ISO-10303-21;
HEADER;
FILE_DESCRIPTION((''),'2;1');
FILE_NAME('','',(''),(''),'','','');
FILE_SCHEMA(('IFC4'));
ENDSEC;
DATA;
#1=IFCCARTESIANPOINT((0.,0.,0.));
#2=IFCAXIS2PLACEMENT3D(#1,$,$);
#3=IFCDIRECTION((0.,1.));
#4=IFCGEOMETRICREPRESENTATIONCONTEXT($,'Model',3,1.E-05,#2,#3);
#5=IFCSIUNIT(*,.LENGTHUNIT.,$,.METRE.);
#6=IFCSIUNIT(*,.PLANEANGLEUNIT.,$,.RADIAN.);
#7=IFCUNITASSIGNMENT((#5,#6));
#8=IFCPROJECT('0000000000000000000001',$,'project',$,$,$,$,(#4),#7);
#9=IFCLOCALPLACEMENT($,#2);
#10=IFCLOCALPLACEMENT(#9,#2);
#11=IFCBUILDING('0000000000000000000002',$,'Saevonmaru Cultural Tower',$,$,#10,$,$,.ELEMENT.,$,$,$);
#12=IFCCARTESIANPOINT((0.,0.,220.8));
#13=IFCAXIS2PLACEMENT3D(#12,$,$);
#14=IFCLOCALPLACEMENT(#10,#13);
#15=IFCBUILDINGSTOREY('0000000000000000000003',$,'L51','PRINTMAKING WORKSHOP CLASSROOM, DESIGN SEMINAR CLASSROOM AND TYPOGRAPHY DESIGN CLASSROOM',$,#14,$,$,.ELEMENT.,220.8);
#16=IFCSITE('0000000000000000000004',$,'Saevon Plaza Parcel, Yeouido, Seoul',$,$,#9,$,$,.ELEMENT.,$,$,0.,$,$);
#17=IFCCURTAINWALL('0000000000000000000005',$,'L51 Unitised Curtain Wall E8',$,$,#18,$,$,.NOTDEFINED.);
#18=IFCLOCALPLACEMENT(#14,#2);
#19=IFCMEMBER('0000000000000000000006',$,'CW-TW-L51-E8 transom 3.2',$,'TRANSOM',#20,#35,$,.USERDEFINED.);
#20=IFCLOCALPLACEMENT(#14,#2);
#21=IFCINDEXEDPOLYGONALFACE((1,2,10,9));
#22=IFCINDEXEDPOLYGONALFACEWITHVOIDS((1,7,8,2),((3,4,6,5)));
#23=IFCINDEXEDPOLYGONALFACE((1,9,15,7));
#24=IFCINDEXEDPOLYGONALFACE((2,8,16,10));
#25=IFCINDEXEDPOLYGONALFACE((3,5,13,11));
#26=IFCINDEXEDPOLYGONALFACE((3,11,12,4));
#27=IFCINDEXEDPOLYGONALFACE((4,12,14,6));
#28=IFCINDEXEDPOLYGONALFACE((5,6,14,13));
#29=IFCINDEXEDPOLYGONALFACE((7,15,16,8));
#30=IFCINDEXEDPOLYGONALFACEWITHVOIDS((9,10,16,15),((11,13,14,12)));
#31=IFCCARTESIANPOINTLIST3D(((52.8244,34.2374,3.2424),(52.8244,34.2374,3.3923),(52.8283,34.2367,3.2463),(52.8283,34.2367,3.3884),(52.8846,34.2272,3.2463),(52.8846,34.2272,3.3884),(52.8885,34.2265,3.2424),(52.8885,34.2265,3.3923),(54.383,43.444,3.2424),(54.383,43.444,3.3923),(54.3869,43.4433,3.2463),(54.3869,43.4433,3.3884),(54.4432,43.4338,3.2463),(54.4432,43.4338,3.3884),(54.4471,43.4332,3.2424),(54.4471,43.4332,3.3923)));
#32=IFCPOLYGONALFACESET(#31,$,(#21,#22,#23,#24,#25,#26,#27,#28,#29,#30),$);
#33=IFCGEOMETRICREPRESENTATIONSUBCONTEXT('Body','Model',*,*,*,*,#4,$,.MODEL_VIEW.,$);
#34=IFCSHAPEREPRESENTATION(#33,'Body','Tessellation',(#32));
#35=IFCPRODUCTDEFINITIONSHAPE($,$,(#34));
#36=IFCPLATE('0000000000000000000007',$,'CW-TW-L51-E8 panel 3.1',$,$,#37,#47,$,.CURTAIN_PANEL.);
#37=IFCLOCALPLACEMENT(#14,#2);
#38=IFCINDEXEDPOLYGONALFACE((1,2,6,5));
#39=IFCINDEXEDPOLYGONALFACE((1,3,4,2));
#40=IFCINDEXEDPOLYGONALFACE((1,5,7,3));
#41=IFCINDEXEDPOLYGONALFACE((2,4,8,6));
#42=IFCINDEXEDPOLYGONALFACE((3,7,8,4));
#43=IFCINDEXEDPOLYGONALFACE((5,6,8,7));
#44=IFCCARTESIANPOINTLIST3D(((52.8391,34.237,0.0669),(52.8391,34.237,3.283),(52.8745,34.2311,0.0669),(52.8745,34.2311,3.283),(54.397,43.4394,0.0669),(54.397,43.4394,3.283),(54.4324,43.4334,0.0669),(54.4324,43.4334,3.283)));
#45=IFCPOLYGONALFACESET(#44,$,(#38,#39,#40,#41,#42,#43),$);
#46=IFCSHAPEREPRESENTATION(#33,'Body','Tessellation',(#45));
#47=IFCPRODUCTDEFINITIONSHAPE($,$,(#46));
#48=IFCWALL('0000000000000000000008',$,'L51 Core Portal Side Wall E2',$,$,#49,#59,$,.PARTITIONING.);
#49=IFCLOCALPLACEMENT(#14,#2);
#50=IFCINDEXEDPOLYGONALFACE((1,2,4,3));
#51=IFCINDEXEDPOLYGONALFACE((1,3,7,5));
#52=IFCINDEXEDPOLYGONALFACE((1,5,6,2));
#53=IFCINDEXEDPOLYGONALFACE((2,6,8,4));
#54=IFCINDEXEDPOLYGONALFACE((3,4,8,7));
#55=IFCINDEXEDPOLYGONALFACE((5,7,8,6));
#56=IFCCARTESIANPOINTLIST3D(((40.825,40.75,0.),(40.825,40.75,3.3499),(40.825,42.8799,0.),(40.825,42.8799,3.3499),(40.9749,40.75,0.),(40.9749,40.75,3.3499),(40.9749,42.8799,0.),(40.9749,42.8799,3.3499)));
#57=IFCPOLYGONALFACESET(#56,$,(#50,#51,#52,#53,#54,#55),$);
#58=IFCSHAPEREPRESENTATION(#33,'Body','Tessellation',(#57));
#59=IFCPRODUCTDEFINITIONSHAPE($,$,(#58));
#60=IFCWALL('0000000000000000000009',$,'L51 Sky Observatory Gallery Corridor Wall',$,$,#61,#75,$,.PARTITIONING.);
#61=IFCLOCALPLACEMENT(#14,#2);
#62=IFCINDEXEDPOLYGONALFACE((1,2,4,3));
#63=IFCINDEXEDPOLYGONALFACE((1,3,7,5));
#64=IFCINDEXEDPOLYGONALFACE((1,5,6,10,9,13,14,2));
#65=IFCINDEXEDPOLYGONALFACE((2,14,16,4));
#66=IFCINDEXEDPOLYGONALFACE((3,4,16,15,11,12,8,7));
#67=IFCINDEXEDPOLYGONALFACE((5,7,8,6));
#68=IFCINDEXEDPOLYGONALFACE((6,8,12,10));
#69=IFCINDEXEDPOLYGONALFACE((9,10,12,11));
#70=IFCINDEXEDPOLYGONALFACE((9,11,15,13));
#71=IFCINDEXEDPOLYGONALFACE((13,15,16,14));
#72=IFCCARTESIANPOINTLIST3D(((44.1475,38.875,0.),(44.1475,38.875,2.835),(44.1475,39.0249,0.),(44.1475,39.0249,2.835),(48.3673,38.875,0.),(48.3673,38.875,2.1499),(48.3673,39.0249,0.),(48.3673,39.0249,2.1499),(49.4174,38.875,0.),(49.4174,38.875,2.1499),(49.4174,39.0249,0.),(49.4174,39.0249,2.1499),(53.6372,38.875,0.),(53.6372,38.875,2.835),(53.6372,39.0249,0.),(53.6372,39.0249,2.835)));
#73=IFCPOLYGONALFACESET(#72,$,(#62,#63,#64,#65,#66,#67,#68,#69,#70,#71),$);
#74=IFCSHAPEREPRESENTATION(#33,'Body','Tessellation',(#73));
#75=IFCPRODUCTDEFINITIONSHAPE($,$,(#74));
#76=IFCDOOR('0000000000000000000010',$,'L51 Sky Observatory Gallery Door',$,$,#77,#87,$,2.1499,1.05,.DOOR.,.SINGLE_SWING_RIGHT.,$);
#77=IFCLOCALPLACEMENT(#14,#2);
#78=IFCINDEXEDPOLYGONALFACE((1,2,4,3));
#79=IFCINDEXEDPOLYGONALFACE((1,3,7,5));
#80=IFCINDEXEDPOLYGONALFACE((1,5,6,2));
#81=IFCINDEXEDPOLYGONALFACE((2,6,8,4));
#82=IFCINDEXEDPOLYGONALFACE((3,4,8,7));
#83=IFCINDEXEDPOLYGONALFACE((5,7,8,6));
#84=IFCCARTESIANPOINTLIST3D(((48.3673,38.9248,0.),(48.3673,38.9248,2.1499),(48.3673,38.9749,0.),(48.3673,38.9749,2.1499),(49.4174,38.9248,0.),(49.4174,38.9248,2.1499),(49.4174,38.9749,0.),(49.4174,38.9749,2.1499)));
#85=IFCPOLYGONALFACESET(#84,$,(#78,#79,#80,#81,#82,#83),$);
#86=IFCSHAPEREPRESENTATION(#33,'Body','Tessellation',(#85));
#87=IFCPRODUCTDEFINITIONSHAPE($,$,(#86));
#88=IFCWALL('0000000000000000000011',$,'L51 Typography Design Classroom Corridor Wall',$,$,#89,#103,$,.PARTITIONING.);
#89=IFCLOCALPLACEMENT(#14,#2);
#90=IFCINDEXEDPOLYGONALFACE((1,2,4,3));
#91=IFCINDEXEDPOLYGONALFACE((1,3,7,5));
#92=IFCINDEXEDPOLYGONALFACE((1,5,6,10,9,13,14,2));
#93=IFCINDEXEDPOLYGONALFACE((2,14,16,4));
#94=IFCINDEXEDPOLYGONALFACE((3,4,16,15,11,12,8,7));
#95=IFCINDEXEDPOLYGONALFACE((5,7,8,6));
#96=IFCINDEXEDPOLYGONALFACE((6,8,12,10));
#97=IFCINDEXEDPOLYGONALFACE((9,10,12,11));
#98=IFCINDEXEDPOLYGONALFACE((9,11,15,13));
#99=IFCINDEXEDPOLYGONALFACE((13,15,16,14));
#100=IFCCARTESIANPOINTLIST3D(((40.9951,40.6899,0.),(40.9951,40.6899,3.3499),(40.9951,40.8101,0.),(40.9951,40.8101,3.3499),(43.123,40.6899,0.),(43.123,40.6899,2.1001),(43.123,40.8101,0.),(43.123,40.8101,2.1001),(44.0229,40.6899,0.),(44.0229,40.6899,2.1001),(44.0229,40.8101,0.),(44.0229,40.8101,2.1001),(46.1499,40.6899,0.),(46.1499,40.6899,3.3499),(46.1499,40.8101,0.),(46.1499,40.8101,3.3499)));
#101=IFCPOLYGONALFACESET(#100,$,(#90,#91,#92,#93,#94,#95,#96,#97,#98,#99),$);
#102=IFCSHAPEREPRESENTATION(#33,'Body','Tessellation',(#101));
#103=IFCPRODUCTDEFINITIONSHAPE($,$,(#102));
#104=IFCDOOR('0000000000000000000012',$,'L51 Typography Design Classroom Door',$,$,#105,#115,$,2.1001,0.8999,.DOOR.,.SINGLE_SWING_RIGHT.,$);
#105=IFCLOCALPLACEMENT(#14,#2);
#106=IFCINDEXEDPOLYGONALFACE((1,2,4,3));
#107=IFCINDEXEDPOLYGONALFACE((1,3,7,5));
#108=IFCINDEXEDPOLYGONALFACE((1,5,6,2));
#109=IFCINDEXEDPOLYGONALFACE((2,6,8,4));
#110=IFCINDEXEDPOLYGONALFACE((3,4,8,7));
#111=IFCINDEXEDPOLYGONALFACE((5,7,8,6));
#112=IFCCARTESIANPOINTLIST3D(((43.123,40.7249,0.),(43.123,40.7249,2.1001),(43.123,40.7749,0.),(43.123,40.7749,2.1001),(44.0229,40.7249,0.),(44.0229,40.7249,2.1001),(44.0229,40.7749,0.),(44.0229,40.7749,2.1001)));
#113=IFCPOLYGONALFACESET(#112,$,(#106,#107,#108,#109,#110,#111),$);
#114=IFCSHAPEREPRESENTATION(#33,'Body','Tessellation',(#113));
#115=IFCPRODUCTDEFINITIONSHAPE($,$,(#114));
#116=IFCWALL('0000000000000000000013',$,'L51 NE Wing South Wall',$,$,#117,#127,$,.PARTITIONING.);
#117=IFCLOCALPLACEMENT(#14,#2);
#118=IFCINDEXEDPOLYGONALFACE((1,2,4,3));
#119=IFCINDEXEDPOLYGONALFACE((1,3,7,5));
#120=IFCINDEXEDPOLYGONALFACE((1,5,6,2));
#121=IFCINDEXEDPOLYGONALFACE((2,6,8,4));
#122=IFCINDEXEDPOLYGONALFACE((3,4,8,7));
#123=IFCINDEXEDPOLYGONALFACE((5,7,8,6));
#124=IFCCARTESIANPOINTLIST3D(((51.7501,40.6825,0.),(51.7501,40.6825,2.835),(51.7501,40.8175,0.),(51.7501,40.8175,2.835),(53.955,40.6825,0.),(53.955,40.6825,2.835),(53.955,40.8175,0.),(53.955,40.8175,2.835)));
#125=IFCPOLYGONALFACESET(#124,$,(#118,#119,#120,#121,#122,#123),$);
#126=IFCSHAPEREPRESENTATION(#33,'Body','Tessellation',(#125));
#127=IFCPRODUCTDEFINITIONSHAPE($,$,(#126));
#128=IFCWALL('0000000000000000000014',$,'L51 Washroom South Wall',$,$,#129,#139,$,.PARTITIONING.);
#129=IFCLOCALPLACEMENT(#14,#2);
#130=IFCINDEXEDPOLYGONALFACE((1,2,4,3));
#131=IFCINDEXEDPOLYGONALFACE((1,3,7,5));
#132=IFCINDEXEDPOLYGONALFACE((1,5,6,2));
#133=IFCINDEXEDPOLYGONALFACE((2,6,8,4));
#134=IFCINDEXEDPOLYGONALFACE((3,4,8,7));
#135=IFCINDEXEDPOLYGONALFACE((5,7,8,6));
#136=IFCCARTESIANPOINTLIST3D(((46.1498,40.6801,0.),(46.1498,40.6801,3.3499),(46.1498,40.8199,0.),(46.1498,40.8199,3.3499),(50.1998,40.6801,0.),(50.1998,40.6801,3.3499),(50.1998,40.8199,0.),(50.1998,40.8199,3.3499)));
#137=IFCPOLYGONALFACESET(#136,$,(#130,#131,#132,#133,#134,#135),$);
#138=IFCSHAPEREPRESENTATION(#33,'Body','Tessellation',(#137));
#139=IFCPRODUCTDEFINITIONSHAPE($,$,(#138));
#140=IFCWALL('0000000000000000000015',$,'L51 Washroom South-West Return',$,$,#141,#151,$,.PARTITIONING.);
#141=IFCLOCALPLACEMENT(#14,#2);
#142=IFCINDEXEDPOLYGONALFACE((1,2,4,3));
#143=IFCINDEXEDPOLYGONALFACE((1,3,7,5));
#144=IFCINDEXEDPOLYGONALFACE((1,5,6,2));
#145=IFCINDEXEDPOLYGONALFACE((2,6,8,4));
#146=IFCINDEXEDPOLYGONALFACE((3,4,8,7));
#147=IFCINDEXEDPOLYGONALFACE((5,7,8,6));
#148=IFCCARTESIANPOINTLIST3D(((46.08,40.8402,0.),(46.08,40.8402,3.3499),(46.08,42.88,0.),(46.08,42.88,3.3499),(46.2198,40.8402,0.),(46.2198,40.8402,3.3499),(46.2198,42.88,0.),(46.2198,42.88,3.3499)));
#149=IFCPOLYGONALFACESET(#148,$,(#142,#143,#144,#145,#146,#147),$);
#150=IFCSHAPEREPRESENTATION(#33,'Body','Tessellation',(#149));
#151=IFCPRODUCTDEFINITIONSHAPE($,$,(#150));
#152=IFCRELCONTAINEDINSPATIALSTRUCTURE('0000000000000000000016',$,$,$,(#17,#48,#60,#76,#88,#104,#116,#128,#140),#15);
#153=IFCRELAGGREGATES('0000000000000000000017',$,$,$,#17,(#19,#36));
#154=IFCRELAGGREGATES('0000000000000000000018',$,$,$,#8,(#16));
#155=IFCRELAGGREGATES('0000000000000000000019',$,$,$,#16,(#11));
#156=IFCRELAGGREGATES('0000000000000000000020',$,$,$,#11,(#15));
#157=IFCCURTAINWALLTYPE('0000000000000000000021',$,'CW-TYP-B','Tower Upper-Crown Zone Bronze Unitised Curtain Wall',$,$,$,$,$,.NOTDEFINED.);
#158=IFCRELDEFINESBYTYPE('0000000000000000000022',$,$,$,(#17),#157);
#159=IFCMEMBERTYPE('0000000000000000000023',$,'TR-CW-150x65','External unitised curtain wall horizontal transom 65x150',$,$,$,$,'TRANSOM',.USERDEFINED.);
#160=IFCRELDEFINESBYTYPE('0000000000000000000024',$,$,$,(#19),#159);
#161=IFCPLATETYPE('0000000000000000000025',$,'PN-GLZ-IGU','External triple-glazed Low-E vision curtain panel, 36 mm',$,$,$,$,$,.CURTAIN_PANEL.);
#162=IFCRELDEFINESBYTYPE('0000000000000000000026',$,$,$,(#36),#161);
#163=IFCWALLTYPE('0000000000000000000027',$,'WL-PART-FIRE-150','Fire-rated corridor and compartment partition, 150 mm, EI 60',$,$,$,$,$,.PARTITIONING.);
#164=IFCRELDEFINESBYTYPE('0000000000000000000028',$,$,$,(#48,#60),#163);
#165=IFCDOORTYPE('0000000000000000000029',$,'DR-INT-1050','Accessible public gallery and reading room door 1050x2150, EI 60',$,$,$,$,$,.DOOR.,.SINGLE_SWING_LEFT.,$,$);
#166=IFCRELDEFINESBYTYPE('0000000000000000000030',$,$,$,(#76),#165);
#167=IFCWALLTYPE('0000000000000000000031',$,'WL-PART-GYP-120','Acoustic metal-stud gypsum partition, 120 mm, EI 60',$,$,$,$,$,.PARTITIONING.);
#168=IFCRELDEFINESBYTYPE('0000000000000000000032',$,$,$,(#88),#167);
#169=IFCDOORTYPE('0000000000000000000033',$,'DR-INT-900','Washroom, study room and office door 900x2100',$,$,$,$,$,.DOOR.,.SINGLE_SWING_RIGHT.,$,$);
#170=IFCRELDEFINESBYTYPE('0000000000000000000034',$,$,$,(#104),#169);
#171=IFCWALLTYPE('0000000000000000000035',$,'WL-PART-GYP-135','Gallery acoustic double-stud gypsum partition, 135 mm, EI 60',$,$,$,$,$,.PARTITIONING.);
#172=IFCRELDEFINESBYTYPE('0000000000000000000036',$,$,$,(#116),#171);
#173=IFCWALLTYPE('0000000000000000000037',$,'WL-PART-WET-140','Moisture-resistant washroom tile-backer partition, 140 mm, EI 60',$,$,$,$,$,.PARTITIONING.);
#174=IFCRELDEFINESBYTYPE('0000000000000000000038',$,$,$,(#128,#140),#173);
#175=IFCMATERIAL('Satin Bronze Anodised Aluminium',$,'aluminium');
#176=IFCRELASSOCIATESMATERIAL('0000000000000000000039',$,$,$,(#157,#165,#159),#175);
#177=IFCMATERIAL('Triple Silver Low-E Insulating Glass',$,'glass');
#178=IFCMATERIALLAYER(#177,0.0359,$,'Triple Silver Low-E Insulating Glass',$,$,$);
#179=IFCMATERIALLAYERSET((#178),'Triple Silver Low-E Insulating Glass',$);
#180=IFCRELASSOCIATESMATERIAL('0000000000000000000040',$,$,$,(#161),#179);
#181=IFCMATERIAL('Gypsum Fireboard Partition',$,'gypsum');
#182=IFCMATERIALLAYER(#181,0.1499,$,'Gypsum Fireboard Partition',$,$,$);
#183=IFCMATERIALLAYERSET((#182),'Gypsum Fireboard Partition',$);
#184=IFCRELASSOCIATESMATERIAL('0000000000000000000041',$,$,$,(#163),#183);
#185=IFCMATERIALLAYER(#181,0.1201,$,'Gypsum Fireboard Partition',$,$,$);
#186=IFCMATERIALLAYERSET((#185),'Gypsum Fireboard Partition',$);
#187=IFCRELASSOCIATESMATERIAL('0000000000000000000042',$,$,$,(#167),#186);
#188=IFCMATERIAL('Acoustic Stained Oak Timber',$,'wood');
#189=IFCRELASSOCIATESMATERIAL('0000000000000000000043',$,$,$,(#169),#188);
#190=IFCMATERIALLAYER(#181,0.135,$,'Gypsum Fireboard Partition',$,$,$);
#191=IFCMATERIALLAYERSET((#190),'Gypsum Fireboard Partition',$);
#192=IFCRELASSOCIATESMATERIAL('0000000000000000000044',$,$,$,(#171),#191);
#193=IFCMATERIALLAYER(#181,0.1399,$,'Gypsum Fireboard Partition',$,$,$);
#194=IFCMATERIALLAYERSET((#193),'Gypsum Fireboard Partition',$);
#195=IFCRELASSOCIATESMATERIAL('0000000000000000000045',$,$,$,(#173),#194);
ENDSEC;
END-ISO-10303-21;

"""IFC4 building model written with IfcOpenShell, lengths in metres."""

from ifc_helpers import new_model, si_unit, direction, frame, frame_2d, origin, origin_2d, place, context, subcontext, project, spatial, rectangle, hollow_rectangle, extrude, material, layer, layer_set, material_profile, profile_set, type_object, element, fill, aggregate, save


model = new_model("IFC4")

# Units and contexts
model_context = context("Model", 3, precision=1e-05, world=origin(), true_north=direction((0.0, 1.0)))
body_context = subcontext(model_context, "Body", "Model", "MODEL_VIEW")
ifc_project = project(units=[si_unit("LENGTHUNIT", "METRE"), si_unit("PLANEANGLEUNIT", "RADIAN")], contexts=[model_context])

# Site, building, storey
site_placement = place(None, origin())
site = spatial("IfcSite", under=ifc_project, at=site_placement, Name="Saevon Plaza Parcel, Yeouido, Seoul", CompositionType="ELEMENT", RefElevation=0.0)
building_placement = place(site_placement, origin())
building = spatial("IfcBuilding", under=site, at=building_placement, Name="Saevonmaru Cultural Tower", CompositionType="ELEMENT")
storey_placement = place(building_placement, frame((0.0, 0.0, 220.8)))
storey = spatial("IfcBuildingStorey", under=building, at=storey_placement, Name="L51", Description="PRINTMAKING WORKSHOP CLASSROOM, DESIGN SEMINAR CLASSROOM AND TYPOGRAPHY DESIGN CLASSROOM", CompositionType="ELEMENT", Elevation=220.8)

# Curtain wall, member, plate
ifc_material_1 = material(Name="Satin Bronze Anodised Aluminium", Category="aluminium")
curtain_wall_type = type_object("IfcCurtainWallType", Name="CW-TYP-B", Description="Tower Upper-Crown Zone Bronze Unitised Curtain Wall", PredefinedType="NOTDEFINED", material=ifc_material_1)
curtain_wall_placement = place(storey_placement, origin())
curtain_wall = element("IfcCurtainWall", 1, at=curtain_wall_placement, inside=storey, type_object=curtain_wall_type, Name="L51 Unitised Curtain Wall E8", PredefinedType="NOTDEFINED")
ifc_material_profile_1 = material_profile(ifc_material_1, hollow_rectangle(XDim=0.0649, YDim=0.1499, WallThickness=0.0039, at=origin_2d()), Name="ALU-TRAN-150x65x4")
ifc_profile_set_1 = profile_set([ifc_material_profile_1], Name="Satin Bronze Anodised Aluminium")
member_type_1 = type_object("IfcMemberType", Name="TR-CW-150x65", Description="External unitised curtain wall horizontal transom 65x150", ElementType="TRANSOM", PredefinedType="USERDEFINED", material=ifc_profile_set_1)
member_1_placement = place(storey_placement, frame((52.8564, 34.2319, 3.3174), z_axis=(0.166917, 0.985971, 0.0), x_axis=(-0.985971, 0.166917, 0.0)))
member_1 = element("IfcMember", 2, at=member_1_placement, type_object=member_type_1, Name="CW-TW-L51-E8 transom 3.2", ObjectType="TRANSOM", PredefinedType="USERDEFINED", context=body_context, shape_type="SweptSolid", body=[
    extrude(hollow_rectangle(XDim=0.0649, YDim=0.1499, WallThickness=0.0039, at=origin_2d()), origin(), (0.0, 0.0, 1.0), 9.3376),
])
ifc_material_2 = material(Name="Triple Silver Low-E Insulating Glass", Category="glass")
ifc_layer_1 = layer(ifc_material_2, 0.0359, Name="Triple Silver Low-E Insulating Glass")
ifc_layer_set_1 = layer_set([ifc_layer_1], Name="Triple Silver Low-E Insulating Glass")
plate_type = type_object("IfcPlateType", Name="PN-GLZ-IGU", Description="External triple-glazed Low-E vision curtain panel, 36 mm", PredefinedType="CURTAIN_PANEL", material=ifc_layer_set_1)
plate_placement = place(storey_placement, frame((53.6357, 38.8352, 0.0669), z_axis=(0.0, 0.0, 1.0), x_axis=(0.166922, 0.98597, 0.0)))
plate = element("IfcPlate", 3, at=plate_placement, type_object=plate_type, Name="CW-TW-L51-E8 panel 3.1", PredefinedType="CURTAIN_PANEL", context=body_context, shape_type="SweptSolid", body=[
    extrude(rectangle(XDim=9.3333, YDim=0.0359, at=origin_2d()), origin(), (0.0, 0.0, 1.0), 3.2161),
])
aggregate(curtain_wall, [member_1, plate])

# Shared definitions
ifc_material_3 = material(Name="Gypsum Fireboard Partition", Category="gypsum")
ifc_layer_2 = layer(ifc_material_3, 0.1499, Name="Gypsum Fireboard Partition")
ifc_layer_set_2 = layer_set([ifc_layer_2], Name="Gypsum Fireboard Partition")
wall_type_1 = type_object("IfcWallType", Name="WL-PART-FIRE-150", Description="Fire-rated corridor and compartment partition, 150 mm, EI 60", PredefinedType="PARTITIONING", material=ifc_layer_set_2)
door_type_1 = type_object("IfcDoorType", Name="DR-INT-1050", Description="Accessible public gallery and reading room door 1050x2150, EI 60", OperationType="SINGLE_SWING_LEFT", PredefinedType="DOOR", material=ifc_material_1)

# Wall
wall_1_placement = place(storey_placement, frame((40.8999, 40.75, 0.0), z_axis=(0.0, 0.0, 1.0), x_axis=(0.0, 1.0, 0.0)))
element("IfcWall", 4, at=wall_1_placement, inside=storey, type_object=wall_type_1, Name="L51 Core Portal Side Wall E2", PredefinedType="PARTITIONING", context=body_context, shape_type="SweptSolid", body=[
    extrude(rectangle(XDim=2.1299, YDim=0.1499, at=frame_2d((1.0649, 0.0))), origin(), (0.0, 0.0, 1.0), 3.3499),
])

# Walls, openings, doors
wall_2_placement = place(storey_placement, frame((44.1475, 38.95, 0.0), z_axis=(0.0, 0.0, 1.0), x_axis=(1.0, 0.0, 0.0)))
wall_2 = element("IfcWall", 5, at=wall_2_placement, inside=storey, type_object=wall_type_1, Name="L51 Sky Observatory Gallery Corridor Wall", PredefinedType="PARTITIONING", context=body_context, shape_type="SweptSolid", body=[
    extrude(rectangle(XDim=9.4897, YDim=0.1499, at=frame_2d((4.7449, 0.0))), origin(), (0.0, 0.0, 1.0), 2.835),
])
opening_1_placement = place(wall_2_placement, frame((4.22, 0.0, 0.0)))
opening_1 = element("IfcOpeningElement", 6, at=opening_1_placement, cuts=wall_2, PredefinedType="OPENING", context=body_context, shape_type="SweptSolid", body=[
    extrude(rectangle(XDim=1.05, YDim=2.1499, at=frame_2d((0.5249, 1.075))), frame((0.0, 0.085, 0.0), z_axis=(0.0, -1.0, 0.0), x_axis=(1.0, 0.0, 0.0)), (0.0, 0.0, 1.0), 0.1699),
])
door_1_placement = place(opening_1_placement, origin())
door_1 = element("IfcDoor", 7, at=door_1_placement, inside=storey, type_object=door_type_1, Name="L51 Sky Observatory Gallery Door", OperationType="SINGLE_SWING_RIGHT", OverallHeight=2.1499, OverallWidth=1.05, PredefinedType="DOOR", context=body_context, shape_type="SweptSolid", body=[
    extrude(rectangle(XDim=1.05, YDim=2.1499, at=frame_2d((0.5249, 1.075))), frame((0.0, 0.0249, 0.0), z_axis=(0.0, -1.0, 0.0), x_axis=(1.0, 0.0, 0.0)), (0.0, 0.0, 1.0), 0.05),
])
fill(opening_1, door_1)
ifc_layer_3 = layer(ifc_material_3, 0.1201, Name="Gypsum Fireboard Partition")
ifc_layer_set_3 = layer_set([ifc_layer_3], Name="Gypsum Fireboard Partition")
wall_type_2 = type_object("IfcWallType", Name="WL-PART-GYP-120", Description="Acoustic metal-stud gypsum partition, 120 mm, EI 60", PredefinedType="PARTITIONING", material=ifc_layer_set_3)
wall_3_placement = place(storey_placement, frame((40.9951, 40.75, 0.0), z_axis=(0.0, 0.0, 1.0), x_axis=(1.0, 0.0, 0.0)))
wall_3 = element("IfcWall", 8, at=wall_3_placement, inside=storey, type_object=wall_type_2, Name="L51 Typography Design Classroom Corridor Wall", PredefinedType="PARTITIONING", context=body_context, shape_type="SweptSolid", body=[
    extrude(rectangle(XDim=5.1548, YDim=0.1201, at=frame_2d((2.5774, 0.0))), origin(), (0.0, 0.0, 1.0), 3.3499),
])
opening_2_placement = place(wall_3_placement, frame((2.1279, 0.0, 0.0)))
opening_2 = element("IfcOpeningElement", 9, at=opening_2_placement, cuts=wall_3, PredefinedType="OPENING", context=body_context, shape_type="SweptSolid", body=[
    extrude(rectangle(XDim=0.8999, YDim=2.1001, at=frame_2d((0.45, 1.05))), frame((0.0, 0.0701, 0.0), z_axis=(0.0, -1.0, 0.0), x_axis=(1.0, 0.0, 0.0)), (0.0, 0.0, 1.0), 0.1401),
])
ifc_material_4 = material(Name="Acoustic Stained Oak Timber", Category="wood")
door_type_2 = type_object("IfcDoorType", Name="DR-INT-900", Description="Washroom, study room and office door 900x2100", OperationType="SINGLE_SWING_RIGHT", PredefinedType="DOOR", material=ifc_material_4)
door_2_placement = place(opening_2_placement, origin())
door_2 = element("IfcDoor", 10, at=door_2_placement, inside=storey, type_object=door_type_2, Name="L51 Typography Design Classroom Door", OperationType="SINGLE_SWING_RIGHT", OverallHeight=2.1001, OverallWidth=0.8999, PredefinedType="DOOR", context=body_context, shape_type="SweptSolid", body=[
    extrude(rectangle(XDim=0.8999, YDim=2.1001, at=frame_2d((0.45, 1.05))), frame((0.0, 0.0249, 0.0), z_axis=(0.0, -1.0, 0.0), x_axis=(1.0, 0.0, 0.0)), (0.0, 0.0, 1.0), 0.05),
])
fill(opening_2, door_2)

# Walls
ifc_layer_4 = layer(ifc_material_3, 0.135, Name="Gypsum Fireboard Partition")
ifc_layer_set_4 = layer_set([ifc_layer_4], Name="Gypsum Fireboard Partition")
wall_type_3 = type_object("IfcWallType", Name="WL-PART-GYP-135", Description="Gallery acoustic double-stud gypsum partition, 135 mm, EI 60", PredefinedType="PARTITIONING", material=ifc_layer_set_4)
wall_4_placement = place(storey_placement, frame((51.75, 40.75, 0.0), z_axis=(0.0, 0.0, 1.0), x_axis=(1.0, 0.0, 0.0)))
element("IfcWall", 11, at=wall_4_placement, inside=storey, type_object=wall_type_3, Name="L51 NE Wing South Wall", PredefinedType="PARTITIONING", context=body_context, shape_type="SweptSolid", body=[
    extrude(rectangle(XDim=2.2048, YDim=0.135, at=frame_2d((1.1025, 0.0))), origin(), (0.0, 0.0, 1.0), 2.835),
])
ifc_layer_5 = layer(ifc_material_3, 0.1399, Name="Gypsum Fireboard Partition")
ifc_layer_set_5 = layer_set([ifc_layer_5], Name="Gypsum Fireboard Partition")
wall_type_4 = type_object("IfcWallType", Name="WL-PART-WET-140", Description="Moisture-resistant washroom tile-backer partition, 140 mm, EI 60", PredefinedType="PARTITIONING", material=ifc_layer_set_5)
wall_5_placement = place(storey_placement, frame((46.1499, 40.75, 0.0), z_axis=(0.0, 0.0, 1.0), x_axis=(1.0, 0.0, 0.0)))
element("IfcWall", 12, at=wall_5_placement, inside=storey, type_object=wall_type_4, Name="L51 Washroom South Wall", PredefinedType="PARTITIONING", context=body_context, shape_type="SweptSolid", body=[
    extrude(rectangle(XDim=4.05, YDim=0.1399, at=frame_2d((2.0249, 0.0))), origin(), (0.0, 0.0, 1.0), 3.3499),
])
wall_6_placement = place(storey_placement, frame((46.1499, 40.8401, 0.0), z_axis=(0.0, 0.0, 1.0), x_axis=(0.0, 1.0, 0.0)))
element("IfcWall", 13, at=wall_6_placement, inside=storey, type_object=wall_type_4, Name="L51 Washroom South-West Return", PredefinedType="PARTITIONING", context=body_context, shape_type="SweptSolid", body=[
    extrude(rectangle(XDim=2.0398, YDim=0.1399, at=frame_2d((1.02, 0.0))), origin(), (0.0, 0.0, 1.0), 3.3499),
])

save(model, "model.ifc")
